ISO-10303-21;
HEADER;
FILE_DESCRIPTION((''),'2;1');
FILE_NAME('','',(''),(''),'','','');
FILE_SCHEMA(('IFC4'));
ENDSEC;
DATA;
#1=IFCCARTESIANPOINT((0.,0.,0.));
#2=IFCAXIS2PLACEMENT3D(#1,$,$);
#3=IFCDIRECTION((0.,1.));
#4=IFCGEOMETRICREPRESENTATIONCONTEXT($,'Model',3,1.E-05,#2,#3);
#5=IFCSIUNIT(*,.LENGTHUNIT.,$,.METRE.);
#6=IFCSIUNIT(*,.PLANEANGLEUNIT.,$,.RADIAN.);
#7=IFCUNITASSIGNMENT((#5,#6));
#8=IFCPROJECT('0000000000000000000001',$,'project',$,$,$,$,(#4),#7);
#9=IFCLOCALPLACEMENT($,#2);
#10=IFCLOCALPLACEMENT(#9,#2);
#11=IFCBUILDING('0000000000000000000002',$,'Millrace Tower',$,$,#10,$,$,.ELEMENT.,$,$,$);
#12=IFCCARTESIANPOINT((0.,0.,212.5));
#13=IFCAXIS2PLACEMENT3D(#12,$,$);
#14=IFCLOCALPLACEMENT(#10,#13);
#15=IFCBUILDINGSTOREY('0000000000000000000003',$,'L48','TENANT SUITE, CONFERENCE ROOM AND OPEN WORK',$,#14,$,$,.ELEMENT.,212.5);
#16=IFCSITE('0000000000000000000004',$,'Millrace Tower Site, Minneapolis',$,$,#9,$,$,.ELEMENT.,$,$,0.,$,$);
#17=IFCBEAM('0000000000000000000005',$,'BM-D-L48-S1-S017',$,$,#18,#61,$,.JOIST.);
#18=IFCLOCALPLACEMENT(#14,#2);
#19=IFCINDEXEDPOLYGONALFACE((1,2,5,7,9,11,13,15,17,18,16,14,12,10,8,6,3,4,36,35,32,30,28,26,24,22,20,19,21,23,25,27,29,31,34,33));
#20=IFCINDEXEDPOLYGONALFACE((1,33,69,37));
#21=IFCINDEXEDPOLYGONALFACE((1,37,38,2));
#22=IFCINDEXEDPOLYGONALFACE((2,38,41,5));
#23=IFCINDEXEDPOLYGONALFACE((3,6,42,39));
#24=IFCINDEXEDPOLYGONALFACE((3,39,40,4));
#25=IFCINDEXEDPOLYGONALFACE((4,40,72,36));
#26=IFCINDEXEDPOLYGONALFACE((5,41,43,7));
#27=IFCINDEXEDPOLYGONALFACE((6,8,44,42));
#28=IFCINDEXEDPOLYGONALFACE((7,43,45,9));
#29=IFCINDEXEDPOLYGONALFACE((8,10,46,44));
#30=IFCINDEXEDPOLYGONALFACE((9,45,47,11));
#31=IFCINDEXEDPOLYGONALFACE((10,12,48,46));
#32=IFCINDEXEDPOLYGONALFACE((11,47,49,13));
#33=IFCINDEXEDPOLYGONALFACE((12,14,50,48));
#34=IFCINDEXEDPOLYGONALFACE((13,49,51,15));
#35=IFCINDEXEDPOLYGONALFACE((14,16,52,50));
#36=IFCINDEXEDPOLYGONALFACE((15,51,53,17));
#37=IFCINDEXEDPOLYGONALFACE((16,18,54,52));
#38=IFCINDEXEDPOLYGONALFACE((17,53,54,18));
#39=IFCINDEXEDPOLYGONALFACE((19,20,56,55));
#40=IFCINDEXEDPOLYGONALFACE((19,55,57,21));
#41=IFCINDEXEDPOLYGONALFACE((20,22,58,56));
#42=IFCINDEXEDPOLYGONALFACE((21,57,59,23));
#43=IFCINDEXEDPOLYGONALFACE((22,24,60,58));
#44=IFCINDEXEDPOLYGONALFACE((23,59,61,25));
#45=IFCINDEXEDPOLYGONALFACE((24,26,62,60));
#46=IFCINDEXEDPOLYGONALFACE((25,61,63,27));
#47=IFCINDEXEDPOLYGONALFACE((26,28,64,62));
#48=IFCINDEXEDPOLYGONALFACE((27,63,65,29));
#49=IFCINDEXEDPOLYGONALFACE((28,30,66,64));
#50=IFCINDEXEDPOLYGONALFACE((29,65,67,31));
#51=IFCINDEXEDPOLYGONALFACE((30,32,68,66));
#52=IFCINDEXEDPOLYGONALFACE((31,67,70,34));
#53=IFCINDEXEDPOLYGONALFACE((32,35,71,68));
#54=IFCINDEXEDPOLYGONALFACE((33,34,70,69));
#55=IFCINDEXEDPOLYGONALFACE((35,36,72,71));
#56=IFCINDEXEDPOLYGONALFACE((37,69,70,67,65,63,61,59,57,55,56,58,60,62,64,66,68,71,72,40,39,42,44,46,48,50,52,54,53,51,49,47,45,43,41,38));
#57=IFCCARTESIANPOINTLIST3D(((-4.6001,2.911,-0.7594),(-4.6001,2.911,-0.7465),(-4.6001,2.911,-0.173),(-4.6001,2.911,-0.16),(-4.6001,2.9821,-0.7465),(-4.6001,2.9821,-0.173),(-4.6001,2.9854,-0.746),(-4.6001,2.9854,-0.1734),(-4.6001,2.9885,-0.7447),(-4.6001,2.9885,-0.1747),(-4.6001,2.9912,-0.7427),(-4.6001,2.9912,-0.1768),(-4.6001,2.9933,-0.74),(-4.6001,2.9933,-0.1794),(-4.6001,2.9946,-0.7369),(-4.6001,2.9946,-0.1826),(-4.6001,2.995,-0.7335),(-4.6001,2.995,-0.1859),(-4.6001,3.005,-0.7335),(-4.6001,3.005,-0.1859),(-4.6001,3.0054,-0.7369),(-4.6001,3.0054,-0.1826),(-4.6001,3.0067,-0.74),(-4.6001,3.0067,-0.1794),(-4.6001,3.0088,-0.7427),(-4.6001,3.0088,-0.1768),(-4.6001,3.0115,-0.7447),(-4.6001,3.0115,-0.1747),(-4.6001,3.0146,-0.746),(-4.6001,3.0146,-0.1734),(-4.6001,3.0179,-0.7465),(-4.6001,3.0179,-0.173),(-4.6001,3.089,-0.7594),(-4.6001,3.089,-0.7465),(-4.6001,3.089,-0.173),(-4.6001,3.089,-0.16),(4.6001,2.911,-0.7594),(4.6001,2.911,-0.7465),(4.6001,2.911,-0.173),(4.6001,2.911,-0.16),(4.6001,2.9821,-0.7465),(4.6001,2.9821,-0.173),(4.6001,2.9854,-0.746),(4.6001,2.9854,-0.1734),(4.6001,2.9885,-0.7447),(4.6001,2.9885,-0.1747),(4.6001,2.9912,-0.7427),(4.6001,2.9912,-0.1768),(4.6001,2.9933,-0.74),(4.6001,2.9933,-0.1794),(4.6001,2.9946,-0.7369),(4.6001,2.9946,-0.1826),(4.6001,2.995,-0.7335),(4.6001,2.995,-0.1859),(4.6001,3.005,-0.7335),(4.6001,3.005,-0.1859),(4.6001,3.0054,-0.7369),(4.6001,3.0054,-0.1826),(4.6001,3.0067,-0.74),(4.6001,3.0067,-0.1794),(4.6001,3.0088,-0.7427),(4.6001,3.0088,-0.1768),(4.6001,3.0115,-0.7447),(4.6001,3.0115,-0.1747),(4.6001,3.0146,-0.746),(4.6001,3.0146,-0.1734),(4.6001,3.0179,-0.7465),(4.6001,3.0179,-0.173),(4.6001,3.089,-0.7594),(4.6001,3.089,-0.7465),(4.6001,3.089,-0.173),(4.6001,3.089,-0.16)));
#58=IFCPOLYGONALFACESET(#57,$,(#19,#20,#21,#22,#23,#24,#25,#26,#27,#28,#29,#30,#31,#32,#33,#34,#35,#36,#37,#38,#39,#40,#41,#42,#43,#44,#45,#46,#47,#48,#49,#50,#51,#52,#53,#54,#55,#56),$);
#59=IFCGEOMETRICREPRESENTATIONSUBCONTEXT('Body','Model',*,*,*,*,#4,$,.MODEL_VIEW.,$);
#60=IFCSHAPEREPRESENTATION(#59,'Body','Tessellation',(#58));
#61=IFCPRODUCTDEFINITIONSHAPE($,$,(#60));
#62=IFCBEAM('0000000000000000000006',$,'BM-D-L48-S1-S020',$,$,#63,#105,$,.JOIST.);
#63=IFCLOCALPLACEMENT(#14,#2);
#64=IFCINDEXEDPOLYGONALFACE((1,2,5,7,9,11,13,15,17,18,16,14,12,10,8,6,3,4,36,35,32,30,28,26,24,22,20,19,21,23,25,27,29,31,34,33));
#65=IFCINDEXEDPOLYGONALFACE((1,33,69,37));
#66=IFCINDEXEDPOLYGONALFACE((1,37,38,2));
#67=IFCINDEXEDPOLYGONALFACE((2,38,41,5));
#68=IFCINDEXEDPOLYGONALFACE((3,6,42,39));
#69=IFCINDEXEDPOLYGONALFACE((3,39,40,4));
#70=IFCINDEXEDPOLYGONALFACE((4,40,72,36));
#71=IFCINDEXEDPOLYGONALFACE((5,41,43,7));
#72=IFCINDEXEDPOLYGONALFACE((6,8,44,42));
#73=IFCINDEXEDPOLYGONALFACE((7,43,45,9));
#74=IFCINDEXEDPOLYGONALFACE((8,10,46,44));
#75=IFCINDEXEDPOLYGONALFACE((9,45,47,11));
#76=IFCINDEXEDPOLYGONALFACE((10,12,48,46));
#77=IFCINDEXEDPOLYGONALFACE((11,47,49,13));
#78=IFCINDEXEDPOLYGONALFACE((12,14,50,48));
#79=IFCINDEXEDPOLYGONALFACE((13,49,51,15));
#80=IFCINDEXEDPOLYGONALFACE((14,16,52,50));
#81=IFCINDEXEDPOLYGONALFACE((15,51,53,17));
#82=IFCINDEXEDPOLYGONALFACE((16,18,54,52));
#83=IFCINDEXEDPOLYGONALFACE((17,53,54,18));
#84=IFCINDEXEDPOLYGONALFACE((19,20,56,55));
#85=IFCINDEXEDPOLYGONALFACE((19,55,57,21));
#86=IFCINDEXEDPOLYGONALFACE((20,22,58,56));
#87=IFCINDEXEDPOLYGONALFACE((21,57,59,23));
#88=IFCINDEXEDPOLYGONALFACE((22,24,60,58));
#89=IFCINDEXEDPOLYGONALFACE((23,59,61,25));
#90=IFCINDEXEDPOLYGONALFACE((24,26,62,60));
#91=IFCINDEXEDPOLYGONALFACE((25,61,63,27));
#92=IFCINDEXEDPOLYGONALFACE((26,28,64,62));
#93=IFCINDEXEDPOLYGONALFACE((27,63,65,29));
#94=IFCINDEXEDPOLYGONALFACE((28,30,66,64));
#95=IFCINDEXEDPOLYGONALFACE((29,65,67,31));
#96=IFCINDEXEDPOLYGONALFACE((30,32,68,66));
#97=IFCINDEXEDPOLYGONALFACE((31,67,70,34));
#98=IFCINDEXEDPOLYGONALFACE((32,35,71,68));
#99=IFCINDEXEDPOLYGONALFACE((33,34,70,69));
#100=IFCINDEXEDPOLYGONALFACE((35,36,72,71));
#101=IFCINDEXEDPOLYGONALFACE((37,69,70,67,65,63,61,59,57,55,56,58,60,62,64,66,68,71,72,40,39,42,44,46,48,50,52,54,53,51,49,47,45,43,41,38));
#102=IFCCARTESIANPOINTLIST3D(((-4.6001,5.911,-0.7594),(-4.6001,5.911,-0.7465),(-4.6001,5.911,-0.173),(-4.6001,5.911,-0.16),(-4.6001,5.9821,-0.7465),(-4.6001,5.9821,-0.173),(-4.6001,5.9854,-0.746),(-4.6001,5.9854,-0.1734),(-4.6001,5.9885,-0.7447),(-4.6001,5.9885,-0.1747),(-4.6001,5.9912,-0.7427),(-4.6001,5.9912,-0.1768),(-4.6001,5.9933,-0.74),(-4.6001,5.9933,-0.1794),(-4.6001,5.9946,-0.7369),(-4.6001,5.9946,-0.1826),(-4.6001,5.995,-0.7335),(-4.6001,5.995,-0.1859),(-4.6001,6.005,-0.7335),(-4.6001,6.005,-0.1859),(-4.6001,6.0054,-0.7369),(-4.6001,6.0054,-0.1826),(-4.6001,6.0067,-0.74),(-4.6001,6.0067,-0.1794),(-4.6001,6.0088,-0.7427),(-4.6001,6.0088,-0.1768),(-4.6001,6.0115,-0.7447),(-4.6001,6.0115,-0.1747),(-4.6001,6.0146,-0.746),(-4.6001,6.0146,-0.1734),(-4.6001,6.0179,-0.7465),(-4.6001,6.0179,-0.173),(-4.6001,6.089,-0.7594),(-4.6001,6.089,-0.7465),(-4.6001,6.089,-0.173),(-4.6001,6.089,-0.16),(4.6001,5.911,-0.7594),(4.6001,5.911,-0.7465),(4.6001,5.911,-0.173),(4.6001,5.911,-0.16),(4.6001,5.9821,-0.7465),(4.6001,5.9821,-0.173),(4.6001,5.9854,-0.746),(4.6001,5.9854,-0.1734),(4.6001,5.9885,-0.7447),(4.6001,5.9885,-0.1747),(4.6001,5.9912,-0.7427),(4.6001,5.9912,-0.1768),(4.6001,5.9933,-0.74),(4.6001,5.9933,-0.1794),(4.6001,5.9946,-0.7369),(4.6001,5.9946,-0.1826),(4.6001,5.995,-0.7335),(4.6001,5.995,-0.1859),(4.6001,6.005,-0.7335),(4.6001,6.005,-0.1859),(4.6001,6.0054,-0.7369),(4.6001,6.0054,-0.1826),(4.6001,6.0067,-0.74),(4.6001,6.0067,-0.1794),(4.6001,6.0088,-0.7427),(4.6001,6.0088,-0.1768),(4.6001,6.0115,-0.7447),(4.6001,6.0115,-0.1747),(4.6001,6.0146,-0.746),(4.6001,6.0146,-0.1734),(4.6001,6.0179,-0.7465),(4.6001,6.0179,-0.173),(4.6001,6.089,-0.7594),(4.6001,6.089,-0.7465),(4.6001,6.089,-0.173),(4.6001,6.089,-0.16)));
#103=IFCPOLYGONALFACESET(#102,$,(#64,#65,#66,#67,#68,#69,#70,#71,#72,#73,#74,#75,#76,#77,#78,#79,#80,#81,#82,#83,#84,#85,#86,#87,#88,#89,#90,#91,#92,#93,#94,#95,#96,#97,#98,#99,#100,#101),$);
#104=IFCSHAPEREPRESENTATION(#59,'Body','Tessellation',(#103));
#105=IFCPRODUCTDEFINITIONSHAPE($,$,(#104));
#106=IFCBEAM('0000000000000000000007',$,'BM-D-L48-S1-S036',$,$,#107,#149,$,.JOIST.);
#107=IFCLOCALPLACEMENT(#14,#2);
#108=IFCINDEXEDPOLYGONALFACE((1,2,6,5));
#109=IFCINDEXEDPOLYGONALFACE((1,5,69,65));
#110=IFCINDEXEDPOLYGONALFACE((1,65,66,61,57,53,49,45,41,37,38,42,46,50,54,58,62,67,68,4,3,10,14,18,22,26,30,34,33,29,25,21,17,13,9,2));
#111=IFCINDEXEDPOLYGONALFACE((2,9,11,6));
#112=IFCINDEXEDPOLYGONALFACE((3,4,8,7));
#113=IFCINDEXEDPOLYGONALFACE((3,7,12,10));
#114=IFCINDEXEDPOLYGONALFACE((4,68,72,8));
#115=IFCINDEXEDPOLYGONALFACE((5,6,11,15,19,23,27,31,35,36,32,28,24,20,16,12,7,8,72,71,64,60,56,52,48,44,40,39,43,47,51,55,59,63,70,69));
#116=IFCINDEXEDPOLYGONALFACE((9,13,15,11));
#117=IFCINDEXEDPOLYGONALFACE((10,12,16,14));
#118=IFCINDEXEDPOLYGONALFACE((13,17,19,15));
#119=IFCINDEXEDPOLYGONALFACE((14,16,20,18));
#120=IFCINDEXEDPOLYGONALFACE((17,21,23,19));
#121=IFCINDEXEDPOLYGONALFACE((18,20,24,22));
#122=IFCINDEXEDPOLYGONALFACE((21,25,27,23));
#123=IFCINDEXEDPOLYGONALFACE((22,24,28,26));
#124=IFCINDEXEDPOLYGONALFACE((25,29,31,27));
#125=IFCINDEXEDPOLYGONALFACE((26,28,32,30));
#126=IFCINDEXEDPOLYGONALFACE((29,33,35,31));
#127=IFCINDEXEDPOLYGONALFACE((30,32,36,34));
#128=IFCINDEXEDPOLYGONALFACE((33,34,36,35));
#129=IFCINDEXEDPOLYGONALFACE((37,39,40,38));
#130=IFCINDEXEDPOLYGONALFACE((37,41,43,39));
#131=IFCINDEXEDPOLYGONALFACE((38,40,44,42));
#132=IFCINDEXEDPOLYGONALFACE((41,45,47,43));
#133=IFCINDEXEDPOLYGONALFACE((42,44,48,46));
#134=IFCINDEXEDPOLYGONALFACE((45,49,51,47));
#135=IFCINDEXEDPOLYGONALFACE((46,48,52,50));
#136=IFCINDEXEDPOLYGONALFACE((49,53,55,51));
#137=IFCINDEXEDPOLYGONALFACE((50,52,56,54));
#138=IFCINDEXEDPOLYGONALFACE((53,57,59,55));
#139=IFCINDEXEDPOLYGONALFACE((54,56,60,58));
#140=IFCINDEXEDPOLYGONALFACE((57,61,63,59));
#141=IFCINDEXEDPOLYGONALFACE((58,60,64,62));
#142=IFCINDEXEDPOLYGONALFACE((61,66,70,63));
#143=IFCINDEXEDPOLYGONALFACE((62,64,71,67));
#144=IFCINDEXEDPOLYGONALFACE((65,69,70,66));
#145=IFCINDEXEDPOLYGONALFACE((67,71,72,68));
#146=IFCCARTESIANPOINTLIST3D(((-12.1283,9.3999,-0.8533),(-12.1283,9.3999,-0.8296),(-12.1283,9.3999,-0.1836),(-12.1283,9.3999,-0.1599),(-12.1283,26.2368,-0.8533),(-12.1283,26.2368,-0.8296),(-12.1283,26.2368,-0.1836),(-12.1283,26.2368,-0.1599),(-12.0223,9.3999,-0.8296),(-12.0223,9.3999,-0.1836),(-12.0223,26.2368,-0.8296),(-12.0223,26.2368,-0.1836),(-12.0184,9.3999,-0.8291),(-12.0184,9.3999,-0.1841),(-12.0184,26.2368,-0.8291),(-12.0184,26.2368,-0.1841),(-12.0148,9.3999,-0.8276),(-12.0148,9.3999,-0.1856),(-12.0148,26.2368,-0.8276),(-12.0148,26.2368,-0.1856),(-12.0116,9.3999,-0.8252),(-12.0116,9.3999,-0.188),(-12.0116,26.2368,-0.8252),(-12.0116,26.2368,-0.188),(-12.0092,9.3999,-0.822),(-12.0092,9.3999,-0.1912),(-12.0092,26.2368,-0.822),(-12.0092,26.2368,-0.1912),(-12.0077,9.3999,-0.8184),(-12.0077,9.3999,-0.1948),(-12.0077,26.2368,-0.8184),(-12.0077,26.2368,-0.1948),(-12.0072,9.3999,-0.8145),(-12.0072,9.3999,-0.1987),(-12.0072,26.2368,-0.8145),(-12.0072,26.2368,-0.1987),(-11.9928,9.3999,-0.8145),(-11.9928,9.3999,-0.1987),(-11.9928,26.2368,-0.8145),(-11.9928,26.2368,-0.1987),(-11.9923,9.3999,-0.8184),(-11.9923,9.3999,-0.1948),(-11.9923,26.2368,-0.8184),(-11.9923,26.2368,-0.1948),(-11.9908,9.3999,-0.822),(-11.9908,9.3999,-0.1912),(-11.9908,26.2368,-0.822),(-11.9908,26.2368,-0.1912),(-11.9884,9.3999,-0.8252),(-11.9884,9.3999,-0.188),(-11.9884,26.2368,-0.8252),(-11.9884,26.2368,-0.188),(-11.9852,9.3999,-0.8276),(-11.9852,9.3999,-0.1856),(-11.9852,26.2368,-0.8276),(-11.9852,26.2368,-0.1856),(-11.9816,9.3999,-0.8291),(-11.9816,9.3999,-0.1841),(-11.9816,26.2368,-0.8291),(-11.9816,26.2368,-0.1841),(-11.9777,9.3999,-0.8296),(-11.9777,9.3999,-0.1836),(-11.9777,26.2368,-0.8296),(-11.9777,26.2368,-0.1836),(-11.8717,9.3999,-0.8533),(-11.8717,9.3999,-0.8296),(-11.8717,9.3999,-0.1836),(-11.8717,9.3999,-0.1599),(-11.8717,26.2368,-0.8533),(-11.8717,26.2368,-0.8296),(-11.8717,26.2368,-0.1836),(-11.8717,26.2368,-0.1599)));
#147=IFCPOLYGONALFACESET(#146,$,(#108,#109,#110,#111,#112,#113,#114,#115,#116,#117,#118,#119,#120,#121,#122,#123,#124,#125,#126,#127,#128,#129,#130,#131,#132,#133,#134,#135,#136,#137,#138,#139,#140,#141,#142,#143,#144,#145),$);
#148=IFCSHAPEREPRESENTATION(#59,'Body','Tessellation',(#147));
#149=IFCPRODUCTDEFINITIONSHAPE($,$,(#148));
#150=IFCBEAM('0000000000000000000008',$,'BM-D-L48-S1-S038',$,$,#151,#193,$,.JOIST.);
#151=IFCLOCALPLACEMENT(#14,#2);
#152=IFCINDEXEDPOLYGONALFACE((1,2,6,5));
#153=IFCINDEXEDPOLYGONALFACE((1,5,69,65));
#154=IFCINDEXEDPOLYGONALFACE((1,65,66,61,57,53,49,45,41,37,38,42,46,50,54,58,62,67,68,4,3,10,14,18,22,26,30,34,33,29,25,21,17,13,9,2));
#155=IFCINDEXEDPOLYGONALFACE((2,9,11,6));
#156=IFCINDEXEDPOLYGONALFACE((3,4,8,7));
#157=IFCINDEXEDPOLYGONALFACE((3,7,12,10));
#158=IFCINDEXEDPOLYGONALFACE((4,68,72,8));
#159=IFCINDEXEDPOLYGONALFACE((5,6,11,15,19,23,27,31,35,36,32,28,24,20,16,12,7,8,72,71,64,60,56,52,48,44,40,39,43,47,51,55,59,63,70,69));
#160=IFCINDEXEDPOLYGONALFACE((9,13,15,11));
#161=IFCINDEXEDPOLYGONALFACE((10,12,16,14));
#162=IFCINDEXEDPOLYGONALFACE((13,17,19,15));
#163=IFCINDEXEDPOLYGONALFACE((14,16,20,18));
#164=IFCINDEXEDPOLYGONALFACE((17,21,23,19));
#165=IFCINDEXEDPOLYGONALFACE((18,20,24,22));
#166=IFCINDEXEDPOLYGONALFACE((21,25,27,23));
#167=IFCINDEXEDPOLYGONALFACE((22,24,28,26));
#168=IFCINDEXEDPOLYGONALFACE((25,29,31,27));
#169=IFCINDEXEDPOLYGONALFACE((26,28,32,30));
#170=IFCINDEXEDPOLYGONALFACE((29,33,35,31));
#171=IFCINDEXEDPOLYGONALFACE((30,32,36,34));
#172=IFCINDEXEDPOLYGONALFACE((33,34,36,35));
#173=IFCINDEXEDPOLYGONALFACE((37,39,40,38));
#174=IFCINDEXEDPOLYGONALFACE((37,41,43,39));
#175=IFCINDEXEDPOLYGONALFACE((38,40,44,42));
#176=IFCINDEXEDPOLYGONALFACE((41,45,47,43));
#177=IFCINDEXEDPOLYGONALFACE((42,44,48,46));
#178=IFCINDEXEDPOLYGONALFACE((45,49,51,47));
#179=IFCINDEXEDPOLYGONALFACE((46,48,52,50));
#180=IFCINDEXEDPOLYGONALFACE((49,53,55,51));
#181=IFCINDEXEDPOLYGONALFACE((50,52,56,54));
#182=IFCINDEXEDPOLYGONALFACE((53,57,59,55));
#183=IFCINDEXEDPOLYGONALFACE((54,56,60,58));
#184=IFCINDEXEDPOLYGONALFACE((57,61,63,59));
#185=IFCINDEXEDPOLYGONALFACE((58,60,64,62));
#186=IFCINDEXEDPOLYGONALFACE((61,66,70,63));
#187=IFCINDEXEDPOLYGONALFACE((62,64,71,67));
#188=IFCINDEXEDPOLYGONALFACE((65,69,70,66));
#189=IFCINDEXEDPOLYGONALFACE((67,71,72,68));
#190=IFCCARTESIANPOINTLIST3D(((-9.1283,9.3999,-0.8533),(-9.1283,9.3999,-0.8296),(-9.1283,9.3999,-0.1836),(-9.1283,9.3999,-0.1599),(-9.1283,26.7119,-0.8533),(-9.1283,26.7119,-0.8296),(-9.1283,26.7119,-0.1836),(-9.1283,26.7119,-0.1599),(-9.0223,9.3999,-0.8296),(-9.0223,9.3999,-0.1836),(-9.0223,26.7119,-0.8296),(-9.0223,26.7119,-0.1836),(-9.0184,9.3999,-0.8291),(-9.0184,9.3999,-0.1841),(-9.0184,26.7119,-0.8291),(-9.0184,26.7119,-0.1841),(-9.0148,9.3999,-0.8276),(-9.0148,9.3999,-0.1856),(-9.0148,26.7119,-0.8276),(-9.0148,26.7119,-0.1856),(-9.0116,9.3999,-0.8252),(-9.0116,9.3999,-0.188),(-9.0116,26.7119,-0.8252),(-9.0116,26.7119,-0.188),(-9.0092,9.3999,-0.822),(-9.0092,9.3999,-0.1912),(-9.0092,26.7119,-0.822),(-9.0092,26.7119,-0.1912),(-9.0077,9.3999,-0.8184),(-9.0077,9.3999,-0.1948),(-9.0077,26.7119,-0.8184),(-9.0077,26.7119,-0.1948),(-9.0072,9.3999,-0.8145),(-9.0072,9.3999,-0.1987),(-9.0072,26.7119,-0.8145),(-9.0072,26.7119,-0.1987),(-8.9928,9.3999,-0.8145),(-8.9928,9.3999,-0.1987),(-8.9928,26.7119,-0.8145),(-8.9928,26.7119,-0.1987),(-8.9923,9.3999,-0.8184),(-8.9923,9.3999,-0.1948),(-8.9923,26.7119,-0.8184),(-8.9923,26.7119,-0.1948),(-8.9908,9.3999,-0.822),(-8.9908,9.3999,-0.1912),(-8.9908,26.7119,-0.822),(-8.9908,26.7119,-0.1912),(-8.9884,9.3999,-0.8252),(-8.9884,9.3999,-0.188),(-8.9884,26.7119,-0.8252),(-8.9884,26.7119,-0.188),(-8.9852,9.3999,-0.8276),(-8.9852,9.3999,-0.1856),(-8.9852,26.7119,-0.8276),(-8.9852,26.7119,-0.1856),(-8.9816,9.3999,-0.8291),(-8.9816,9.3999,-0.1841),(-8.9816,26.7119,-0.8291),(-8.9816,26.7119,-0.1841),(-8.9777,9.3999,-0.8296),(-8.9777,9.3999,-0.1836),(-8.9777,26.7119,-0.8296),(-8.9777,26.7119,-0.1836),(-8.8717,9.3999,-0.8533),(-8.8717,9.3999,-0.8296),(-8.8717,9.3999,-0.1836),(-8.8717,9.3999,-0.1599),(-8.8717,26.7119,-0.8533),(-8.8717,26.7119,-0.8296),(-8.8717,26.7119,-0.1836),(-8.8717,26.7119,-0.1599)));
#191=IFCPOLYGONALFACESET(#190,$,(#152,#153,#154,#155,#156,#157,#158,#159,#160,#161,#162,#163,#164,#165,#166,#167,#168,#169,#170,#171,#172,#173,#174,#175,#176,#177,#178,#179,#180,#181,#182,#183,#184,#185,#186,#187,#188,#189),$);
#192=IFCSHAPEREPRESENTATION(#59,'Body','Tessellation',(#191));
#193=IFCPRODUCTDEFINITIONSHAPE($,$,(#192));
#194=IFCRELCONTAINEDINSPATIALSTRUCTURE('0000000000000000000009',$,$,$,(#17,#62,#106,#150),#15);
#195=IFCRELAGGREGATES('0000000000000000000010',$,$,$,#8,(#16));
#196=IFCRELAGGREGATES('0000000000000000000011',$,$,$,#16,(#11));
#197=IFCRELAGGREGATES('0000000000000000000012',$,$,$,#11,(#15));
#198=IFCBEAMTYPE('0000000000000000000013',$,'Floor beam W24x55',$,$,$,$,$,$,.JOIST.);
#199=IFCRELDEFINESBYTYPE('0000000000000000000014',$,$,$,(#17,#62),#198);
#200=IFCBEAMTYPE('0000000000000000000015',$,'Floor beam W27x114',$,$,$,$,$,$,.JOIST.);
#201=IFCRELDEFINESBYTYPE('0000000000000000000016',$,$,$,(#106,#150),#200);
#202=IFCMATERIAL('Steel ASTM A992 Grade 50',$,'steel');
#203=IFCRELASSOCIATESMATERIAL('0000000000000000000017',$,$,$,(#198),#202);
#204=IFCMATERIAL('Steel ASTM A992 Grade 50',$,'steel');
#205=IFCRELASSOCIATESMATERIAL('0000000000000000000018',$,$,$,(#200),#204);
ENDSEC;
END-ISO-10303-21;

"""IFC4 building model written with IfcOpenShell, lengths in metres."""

from ifc_helpers import new_model, si_unit, direction, frame, origin, origin_2d, place, context, subcontext, project, spatial, i_section, extrude, material, material_profile, profile_set, type_object, element, save


model = new_model("IFC4")

# Units and contexts
model_context = context("Model", 3, precision=1e-05, world=origin(), true_north=direction((0.0, 1.0)))
body_context = subcontext(model_context, "Body", "Model", "MODEL_VIEW")
ifc_project = project(units=[si_unit("LENGTHUNIT", "METRE"), si_unit("PLANEANGLEUNIT", "RADIAN")], contexts=[model_context])

# Site, building, storey
site_placement = place(None, origin())
site = spatial("IfcSite", under=ifc_project, at=site_placement, Name="Millrace Tower Site, Minneapolis", CompositionType="ELEMENT", RefElevation=0.0)
building_placement = place(site_placement, origin())
building = spatial("IfcBuilding", under=site, at=building_placement, Name="Millrace Tower", CompositionType="ELEMENT")
storey_placement = place(building_placement, frame((0.0, 0.0, 212.5)))
storey = spatial("IfcBuildingStorey", under=building, at=storey_placement, Name="L48", Description="TENANT SUITE, CONFERENCE ROOM AND OPEN WORK", CompositionType="ELEMENT", Elevation=212.5)

# Beams
ifc_material_1 = material(Name="Steel ASTM A992 Grade 50", Category="steel")
ifc_material_profile_1 = material_profile(ifc_material_1, i_section(OverallWidth=0.178, OverallDepth=0.5994, WebThickness=0.01, FlangeThickness=0.0129, FilletRadius=0.0129, at=origin_2d()))
ifc_profile_set_1 = profile_set([ifc_material_profile_1], Name="Steel ASTM A992 Grade 50")
beam_type_1 = type_object("IfcBeamType", Name="Floor beam W24x55", PredefinedType="JOIST", material=ifc_profile_set_1)
for number, where, z_axis, x_axis, name in (
    (1, (-4.6001, 3.0, -0.4597), (1.0, 0.0, 0.0), (0.0, 1.0, 0.0), "BM-D-L48-S1-S017"),
    (2, (-4.6001, 6.0, -0.4597), (1.0, 0.0, 0.0), (0.0, 1.0, 0.0), "BM-D-L48-S1-S020"),
):
    element("IfcBeam", number, at=place(storey_placement, frame(where, z_axis=z_axis, x_axis=x_axis)), inside=storey, type_object=beam_type_1, Name=name, PredefinedType="JOIST", context=body_context, shape_type="SweptSolid", body=[
        extrude(i_section(OverallWidth=0.178, OverallDepth=0.5994, WebThickness=0.01, FlangeThickness=0.0129, FilletRadius=0.0129, at=origin_2d()), origin(), (0.0, 0.0, 1.0), 9.2002),
    ])
ifc_material_2 = material(Name="Steel ASTM A992 Grade 50", Category="steel")
ifc_material_profile_2 = material_profile(ifc_material_2, i_section(OverallWidth=0.2566, OverallDepth=0.6934, WebThickness=0.0144, FlangeThickness=0.0237, FilletRadius=0.0151, at=origin_2d()))
ifc_profile_set_2 = profile_set([ifc_material_profile_2], Name="Steel ASTM A992 Grade 50")
beam_type_2 = type_object("IfcBeamType", Name="Floor beam W27x114", PredefinedType="JOIST", material=ifc_profile_set_2)
beam_1_placement = place(storey_placement, frame((-12.0, 9.3999, -0.5066), z_axis=(0.0, 1.0, 0.0), x_axis=(-1.0, 0.0, 0.0)))
element("IfcBeam", 3, at=beam_1_placement, inside=storey, type_object=beam_type_2, Name="BM-D-L48-S1-S036", PredefinedType="JOIST", context=body_context, shape_type="SweptSolid", body=[
    extrude(i_section(OverallWidth=0.2566, OverallDepth=0.6934, WebThickness=0.0144, FlangeThickness=0.0237, FilletRadius=0.0151, at=origin_2d()), origin(), (0.0, 0.0, 1.0), 16.8369),
])
beam_2_placement = place(storey_placement, frame((-9.0, 9.3999, -0.5066), z_axis=(0.0, 1.0, 0.0), x_axis=(-1.0, 0.0, 0.0)))
element("IfcBeam", 4, at=beam_2_placement, inside=storey, type_object=beam_type_2, Name="BM-D-L48-S1-S038", PredefinedType="JOIST", context=body_context, shape_type="SweptSolid", body=[
    extrude(i_section(OverallWidth=0.2566, OverallDepth=0.6934, WebThickness=0.0144, FlangeThickness=0.0237, FilletRadius=0.0151, at=origin_2d()), origin(), (0.0, 0.0, 1.0), 17.312),
])

save(model, "model.ifc")
